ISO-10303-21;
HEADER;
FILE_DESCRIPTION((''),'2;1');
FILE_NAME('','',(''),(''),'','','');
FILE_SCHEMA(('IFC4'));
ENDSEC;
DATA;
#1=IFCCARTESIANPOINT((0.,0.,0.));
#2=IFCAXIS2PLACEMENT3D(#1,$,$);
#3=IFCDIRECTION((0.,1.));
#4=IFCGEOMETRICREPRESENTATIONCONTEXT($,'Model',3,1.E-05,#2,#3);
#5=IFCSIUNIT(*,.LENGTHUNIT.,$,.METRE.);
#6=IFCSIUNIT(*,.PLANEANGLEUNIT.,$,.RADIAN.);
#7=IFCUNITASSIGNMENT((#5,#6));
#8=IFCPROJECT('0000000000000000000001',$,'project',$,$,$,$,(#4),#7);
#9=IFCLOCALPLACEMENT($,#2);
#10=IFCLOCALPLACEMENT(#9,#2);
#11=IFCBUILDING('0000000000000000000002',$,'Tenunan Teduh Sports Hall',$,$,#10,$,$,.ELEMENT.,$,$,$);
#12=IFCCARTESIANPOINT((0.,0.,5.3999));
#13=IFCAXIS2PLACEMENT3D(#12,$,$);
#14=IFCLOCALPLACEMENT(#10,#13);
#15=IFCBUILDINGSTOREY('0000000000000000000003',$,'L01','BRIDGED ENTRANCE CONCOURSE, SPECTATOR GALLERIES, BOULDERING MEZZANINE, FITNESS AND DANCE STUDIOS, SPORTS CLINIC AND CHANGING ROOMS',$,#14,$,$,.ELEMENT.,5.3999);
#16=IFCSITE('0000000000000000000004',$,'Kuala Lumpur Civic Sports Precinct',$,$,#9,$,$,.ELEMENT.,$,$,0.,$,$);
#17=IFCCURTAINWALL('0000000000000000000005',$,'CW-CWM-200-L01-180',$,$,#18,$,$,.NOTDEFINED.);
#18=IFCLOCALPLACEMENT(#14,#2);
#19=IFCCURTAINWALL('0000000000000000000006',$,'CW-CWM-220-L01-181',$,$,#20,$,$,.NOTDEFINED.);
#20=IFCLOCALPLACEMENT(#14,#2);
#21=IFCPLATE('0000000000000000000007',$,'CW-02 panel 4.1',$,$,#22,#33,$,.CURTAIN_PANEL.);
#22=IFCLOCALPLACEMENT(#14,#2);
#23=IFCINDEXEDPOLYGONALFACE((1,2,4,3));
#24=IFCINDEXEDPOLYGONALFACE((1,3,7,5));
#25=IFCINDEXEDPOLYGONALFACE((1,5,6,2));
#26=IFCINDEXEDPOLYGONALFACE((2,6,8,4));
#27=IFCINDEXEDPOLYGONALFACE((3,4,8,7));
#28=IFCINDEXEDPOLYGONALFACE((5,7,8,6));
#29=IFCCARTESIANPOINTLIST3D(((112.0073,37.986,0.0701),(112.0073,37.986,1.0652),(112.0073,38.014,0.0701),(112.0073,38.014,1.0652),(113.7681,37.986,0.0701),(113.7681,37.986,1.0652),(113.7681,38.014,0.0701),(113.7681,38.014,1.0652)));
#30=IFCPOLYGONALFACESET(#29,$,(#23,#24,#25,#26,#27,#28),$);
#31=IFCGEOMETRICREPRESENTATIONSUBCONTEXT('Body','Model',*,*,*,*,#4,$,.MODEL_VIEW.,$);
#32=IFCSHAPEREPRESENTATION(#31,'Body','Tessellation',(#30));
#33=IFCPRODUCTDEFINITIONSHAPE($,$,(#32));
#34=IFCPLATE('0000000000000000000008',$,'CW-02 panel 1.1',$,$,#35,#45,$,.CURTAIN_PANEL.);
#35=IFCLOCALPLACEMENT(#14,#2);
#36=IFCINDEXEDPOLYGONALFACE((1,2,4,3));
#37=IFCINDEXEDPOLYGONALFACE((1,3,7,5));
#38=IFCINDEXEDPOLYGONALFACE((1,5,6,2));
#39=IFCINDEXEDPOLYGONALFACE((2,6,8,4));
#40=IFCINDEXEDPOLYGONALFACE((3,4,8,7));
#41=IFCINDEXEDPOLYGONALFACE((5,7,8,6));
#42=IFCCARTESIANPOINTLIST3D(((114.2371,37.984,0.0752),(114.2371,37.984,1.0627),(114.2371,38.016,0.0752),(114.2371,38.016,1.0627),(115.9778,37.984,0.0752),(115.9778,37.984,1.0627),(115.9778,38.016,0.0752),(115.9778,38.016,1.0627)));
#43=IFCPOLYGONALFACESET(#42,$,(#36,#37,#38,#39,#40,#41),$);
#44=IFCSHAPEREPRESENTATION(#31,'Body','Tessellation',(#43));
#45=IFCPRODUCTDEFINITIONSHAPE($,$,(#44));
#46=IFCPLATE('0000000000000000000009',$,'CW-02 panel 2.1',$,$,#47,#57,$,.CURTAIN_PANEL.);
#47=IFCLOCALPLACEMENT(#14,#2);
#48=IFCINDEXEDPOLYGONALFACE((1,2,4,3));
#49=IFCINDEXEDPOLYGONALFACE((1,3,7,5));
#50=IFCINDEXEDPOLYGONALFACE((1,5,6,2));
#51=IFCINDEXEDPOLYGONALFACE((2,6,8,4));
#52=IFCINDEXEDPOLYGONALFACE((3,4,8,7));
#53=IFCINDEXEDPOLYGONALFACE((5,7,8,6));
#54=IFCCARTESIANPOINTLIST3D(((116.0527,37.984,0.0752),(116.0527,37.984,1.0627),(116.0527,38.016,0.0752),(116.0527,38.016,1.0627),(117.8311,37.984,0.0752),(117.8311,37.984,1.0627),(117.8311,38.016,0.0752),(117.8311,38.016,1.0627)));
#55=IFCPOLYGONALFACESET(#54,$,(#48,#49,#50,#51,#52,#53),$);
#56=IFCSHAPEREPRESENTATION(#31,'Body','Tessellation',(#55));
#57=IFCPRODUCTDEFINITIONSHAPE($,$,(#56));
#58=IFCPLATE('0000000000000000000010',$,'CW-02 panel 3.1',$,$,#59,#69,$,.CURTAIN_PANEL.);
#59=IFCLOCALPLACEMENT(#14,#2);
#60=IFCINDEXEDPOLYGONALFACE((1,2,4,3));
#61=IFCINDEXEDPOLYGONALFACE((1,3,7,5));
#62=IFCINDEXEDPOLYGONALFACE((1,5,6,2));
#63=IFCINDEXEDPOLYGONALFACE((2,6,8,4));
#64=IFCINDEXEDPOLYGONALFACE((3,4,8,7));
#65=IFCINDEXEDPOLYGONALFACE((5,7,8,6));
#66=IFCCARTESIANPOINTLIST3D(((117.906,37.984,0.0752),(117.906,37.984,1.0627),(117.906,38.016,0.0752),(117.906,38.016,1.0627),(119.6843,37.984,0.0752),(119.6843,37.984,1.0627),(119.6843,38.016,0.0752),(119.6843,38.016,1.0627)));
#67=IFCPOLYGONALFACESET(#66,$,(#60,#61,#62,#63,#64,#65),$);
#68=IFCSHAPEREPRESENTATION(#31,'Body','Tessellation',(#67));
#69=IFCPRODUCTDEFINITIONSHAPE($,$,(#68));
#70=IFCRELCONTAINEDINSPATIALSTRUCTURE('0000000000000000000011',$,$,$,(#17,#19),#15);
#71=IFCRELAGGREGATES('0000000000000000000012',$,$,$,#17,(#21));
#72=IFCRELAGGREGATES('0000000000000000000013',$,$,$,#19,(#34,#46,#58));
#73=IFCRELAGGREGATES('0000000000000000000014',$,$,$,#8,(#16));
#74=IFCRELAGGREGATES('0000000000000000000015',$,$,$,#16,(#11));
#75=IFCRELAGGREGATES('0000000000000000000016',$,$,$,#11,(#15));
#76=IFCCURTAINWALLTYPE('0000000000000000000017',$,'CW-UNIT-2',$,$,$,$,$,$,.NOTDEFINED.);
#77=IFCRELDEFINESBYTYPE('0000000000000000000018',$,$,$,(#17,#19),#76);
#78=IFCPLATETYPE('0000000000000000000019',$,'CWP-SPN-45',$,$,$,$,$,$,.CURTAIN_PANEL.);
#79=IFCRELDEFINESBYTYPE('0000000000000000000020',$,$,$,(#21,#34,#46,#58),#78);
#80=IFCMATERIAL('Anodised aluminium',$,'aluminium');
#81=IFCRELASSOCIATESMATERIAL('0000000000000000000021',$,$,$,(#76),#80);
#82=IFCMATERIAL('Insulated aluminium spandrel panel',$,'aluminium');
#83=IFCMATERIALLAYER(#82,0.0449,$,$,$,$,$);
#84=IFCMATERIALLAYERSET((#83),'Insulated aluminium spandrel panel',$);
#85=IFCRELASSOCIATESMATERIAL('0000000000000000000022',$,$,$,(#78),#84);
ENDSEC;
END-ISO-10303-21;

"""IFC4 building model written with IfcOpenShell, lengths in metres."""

from ifc_helpers import new_model, si_unit, direction, frame, origin, origin_2d, place, context, subcontext, project, spatial, rectangle, extrude, material, layer, layer_set, type_object, element, aggregate, save


model = new_model("IFC4")

# Units and contexts
model_context = context("Model", 3, precision=1e-05, world=origin(), true_north=direction((0.0, 1.0)))
body_context = subcontext(model_context, "Body", "Model", "MODEL_VIEW")
ifc_project = project(units=[si_unit("LENGTHUNIT", "METRE"), si_unit("PLANEANGLEUNIT", "RADIAN")], contexts=[model_context])

# Site, building, storey
site_placement = place(None, origin())
site = spatial("IfcSite", under=ifc_project, at=site_placement, Name="Kuala Lumpur Civic Sports Precinct", CompositionType="ELEMENT", RefElevation=0.0)
building_placement = place(site_placement, origin())
building = spatial("IfcBuilding", under=site, at=building_placement, Name="Tenunan Teduh Sports Hall", CompositionType="ELEMENT")
storey_placement = place(building_placement, frame((0.0, 0.0, 5.3999)))
storey = spatial("IfcBuildingStorey", under=building, at=storey_placement, Name="L01", Description="BRIDGED ENTRANCE CONCOURSE, SPECTATOR GALLERIES, BOULDERING MEZZANINE, FITNESS AND DANCE STUDIOS, SPORTS CLINIC AND CHANGING ROOMS", CompositionType="ELEMENT", Elevation=5.3999)

# Curtain wall
ifc_material_1 = material(Name="Anodised aluminium", Category="aluminium")
curtain_wall_type = type_object("IfcCurtainWallType", Name="CW-UNIT-2", PredefinedType="NOTDEFINED", material=ifc_material_1)
curtain_wall_1_placement = place(storey_placement, origin())
curtain_wall_1 = element("IfcCurtainWall", 1, at=curtain_wall_1_placement, inside=storey, type_object=curtain_wall_type, Name="CW-CWM-200-L01-180", PredefinedType="NOTDEFINED")

# Curtain wall
curtain_wall_2_placement = place(storey_placement, origin())
curtain_wall_2 = element("IfcCurtainWall", 2, at=curtain_wall_2_placement, inside=storey, type_object=curtain_wall_type, Name="CW-CWM-220-L01-181", PredefinedType="NOTDEFINED")

# Plates
ifc_material_2 = material(Name="Insulated aluminium spandrel panel", Category="aluminium")
ifc_layer_1 = layer(ifc_material_2, 0.0449)
ifc_layer_set_1 = layer_set([ifc_layer_1], Name="Insulated aluminium spandrel panel")
plate_type_1 = type_object("IfcPlateType", Name="CWP-SPN-45", PredefinedType="CURTAIN_PANEL", material=ifc_layer_set_1)
plate_1_placement = place(storey_placement, frame((112.8877, 38.0, 0.0701), z_axis=(0.0, 0.0, 1.0), x_axis=(1.0, 0.0, 0.0)))
plate_1 = element("IfcPlate", 3, at=plate_1_placement, type_object=plate_type_1, Name="CW-02 panel 4.1", PredefinedType="CURTAIN_PANEL", context=body_context, shape_type="SweptSolid", body=[
    extrude(rectangle(XDim=1.7607, YDim=0.0281, at=origin_2d()), origin(), (0.0, 0.0, 1.0), 0.9951),
])
aggregate(curtain_wall_1, [plate_1])
plate_2_placement = place(storey_placement, frame((115.1074, 38.0, 0.0752), z_axis=(0.0, 0.0, 1.0), x_axis=(1.0, 0.0, 0.0)))
plate_2 = element("IfcPlate", 4, at=plate_2_placement, type_object=plate_type_1, Name="CW-02 panel 1.1", PredefinedType="CURTAIN_PANEL", context=body_context, shape_type="SweptSolid", body=[
    extrude(rectangle(XDim=1.7407, YDim=0.032, at=origin_2d()), origin(), (0.0, 0.0, 1.0), 0.9875),
])
plate_3_placement = place(storey_placement, frame((116.9419, 38.0, 0.0752), z_axis=(0.0, 0.0, 1.0), x_axis=(1.0, 0.0, 0.0)))
plate_3 = element("IfcPlate", 5, at=plate_3_placement, type_object=plate_type_1, Name="CW-02 panel 2.1", PredefinedType="CURTAIN_PANEL", context=body_context, shape_type="SweptSolid", body=[
    extrude(rectangle(XDim=1.7783, YDim=0.032, at=origin_2d()), origin(), (0.0, 0.0, 1.0), 0.9875),
])
plate_4_placement = place(storey_placement, frame((118.7952, 38.0, 0.0752), z_axis=(0.0, 0.0, 1.0), x_axis=(1.0, 0.0, 0.0)))
plate_4 = element("IfcPlate", 6, at=plate_4_placement, type_object=plate_type_1, Name="CW-02 panel 3.1", PredefinedType="CURTAIN_PANEL", context=body_context, shape_type="SweptSolid", body=[
    extrude(rectangle(XDim=1.7783, YDim=0.032, at=origin_2d()), origin(), (0.0, 0.0, 1.0), 0.9875),
])
aggregate(curtain_wall_2, [plate_2, plate_3, plate_4])

save(model, "model.ifc")
